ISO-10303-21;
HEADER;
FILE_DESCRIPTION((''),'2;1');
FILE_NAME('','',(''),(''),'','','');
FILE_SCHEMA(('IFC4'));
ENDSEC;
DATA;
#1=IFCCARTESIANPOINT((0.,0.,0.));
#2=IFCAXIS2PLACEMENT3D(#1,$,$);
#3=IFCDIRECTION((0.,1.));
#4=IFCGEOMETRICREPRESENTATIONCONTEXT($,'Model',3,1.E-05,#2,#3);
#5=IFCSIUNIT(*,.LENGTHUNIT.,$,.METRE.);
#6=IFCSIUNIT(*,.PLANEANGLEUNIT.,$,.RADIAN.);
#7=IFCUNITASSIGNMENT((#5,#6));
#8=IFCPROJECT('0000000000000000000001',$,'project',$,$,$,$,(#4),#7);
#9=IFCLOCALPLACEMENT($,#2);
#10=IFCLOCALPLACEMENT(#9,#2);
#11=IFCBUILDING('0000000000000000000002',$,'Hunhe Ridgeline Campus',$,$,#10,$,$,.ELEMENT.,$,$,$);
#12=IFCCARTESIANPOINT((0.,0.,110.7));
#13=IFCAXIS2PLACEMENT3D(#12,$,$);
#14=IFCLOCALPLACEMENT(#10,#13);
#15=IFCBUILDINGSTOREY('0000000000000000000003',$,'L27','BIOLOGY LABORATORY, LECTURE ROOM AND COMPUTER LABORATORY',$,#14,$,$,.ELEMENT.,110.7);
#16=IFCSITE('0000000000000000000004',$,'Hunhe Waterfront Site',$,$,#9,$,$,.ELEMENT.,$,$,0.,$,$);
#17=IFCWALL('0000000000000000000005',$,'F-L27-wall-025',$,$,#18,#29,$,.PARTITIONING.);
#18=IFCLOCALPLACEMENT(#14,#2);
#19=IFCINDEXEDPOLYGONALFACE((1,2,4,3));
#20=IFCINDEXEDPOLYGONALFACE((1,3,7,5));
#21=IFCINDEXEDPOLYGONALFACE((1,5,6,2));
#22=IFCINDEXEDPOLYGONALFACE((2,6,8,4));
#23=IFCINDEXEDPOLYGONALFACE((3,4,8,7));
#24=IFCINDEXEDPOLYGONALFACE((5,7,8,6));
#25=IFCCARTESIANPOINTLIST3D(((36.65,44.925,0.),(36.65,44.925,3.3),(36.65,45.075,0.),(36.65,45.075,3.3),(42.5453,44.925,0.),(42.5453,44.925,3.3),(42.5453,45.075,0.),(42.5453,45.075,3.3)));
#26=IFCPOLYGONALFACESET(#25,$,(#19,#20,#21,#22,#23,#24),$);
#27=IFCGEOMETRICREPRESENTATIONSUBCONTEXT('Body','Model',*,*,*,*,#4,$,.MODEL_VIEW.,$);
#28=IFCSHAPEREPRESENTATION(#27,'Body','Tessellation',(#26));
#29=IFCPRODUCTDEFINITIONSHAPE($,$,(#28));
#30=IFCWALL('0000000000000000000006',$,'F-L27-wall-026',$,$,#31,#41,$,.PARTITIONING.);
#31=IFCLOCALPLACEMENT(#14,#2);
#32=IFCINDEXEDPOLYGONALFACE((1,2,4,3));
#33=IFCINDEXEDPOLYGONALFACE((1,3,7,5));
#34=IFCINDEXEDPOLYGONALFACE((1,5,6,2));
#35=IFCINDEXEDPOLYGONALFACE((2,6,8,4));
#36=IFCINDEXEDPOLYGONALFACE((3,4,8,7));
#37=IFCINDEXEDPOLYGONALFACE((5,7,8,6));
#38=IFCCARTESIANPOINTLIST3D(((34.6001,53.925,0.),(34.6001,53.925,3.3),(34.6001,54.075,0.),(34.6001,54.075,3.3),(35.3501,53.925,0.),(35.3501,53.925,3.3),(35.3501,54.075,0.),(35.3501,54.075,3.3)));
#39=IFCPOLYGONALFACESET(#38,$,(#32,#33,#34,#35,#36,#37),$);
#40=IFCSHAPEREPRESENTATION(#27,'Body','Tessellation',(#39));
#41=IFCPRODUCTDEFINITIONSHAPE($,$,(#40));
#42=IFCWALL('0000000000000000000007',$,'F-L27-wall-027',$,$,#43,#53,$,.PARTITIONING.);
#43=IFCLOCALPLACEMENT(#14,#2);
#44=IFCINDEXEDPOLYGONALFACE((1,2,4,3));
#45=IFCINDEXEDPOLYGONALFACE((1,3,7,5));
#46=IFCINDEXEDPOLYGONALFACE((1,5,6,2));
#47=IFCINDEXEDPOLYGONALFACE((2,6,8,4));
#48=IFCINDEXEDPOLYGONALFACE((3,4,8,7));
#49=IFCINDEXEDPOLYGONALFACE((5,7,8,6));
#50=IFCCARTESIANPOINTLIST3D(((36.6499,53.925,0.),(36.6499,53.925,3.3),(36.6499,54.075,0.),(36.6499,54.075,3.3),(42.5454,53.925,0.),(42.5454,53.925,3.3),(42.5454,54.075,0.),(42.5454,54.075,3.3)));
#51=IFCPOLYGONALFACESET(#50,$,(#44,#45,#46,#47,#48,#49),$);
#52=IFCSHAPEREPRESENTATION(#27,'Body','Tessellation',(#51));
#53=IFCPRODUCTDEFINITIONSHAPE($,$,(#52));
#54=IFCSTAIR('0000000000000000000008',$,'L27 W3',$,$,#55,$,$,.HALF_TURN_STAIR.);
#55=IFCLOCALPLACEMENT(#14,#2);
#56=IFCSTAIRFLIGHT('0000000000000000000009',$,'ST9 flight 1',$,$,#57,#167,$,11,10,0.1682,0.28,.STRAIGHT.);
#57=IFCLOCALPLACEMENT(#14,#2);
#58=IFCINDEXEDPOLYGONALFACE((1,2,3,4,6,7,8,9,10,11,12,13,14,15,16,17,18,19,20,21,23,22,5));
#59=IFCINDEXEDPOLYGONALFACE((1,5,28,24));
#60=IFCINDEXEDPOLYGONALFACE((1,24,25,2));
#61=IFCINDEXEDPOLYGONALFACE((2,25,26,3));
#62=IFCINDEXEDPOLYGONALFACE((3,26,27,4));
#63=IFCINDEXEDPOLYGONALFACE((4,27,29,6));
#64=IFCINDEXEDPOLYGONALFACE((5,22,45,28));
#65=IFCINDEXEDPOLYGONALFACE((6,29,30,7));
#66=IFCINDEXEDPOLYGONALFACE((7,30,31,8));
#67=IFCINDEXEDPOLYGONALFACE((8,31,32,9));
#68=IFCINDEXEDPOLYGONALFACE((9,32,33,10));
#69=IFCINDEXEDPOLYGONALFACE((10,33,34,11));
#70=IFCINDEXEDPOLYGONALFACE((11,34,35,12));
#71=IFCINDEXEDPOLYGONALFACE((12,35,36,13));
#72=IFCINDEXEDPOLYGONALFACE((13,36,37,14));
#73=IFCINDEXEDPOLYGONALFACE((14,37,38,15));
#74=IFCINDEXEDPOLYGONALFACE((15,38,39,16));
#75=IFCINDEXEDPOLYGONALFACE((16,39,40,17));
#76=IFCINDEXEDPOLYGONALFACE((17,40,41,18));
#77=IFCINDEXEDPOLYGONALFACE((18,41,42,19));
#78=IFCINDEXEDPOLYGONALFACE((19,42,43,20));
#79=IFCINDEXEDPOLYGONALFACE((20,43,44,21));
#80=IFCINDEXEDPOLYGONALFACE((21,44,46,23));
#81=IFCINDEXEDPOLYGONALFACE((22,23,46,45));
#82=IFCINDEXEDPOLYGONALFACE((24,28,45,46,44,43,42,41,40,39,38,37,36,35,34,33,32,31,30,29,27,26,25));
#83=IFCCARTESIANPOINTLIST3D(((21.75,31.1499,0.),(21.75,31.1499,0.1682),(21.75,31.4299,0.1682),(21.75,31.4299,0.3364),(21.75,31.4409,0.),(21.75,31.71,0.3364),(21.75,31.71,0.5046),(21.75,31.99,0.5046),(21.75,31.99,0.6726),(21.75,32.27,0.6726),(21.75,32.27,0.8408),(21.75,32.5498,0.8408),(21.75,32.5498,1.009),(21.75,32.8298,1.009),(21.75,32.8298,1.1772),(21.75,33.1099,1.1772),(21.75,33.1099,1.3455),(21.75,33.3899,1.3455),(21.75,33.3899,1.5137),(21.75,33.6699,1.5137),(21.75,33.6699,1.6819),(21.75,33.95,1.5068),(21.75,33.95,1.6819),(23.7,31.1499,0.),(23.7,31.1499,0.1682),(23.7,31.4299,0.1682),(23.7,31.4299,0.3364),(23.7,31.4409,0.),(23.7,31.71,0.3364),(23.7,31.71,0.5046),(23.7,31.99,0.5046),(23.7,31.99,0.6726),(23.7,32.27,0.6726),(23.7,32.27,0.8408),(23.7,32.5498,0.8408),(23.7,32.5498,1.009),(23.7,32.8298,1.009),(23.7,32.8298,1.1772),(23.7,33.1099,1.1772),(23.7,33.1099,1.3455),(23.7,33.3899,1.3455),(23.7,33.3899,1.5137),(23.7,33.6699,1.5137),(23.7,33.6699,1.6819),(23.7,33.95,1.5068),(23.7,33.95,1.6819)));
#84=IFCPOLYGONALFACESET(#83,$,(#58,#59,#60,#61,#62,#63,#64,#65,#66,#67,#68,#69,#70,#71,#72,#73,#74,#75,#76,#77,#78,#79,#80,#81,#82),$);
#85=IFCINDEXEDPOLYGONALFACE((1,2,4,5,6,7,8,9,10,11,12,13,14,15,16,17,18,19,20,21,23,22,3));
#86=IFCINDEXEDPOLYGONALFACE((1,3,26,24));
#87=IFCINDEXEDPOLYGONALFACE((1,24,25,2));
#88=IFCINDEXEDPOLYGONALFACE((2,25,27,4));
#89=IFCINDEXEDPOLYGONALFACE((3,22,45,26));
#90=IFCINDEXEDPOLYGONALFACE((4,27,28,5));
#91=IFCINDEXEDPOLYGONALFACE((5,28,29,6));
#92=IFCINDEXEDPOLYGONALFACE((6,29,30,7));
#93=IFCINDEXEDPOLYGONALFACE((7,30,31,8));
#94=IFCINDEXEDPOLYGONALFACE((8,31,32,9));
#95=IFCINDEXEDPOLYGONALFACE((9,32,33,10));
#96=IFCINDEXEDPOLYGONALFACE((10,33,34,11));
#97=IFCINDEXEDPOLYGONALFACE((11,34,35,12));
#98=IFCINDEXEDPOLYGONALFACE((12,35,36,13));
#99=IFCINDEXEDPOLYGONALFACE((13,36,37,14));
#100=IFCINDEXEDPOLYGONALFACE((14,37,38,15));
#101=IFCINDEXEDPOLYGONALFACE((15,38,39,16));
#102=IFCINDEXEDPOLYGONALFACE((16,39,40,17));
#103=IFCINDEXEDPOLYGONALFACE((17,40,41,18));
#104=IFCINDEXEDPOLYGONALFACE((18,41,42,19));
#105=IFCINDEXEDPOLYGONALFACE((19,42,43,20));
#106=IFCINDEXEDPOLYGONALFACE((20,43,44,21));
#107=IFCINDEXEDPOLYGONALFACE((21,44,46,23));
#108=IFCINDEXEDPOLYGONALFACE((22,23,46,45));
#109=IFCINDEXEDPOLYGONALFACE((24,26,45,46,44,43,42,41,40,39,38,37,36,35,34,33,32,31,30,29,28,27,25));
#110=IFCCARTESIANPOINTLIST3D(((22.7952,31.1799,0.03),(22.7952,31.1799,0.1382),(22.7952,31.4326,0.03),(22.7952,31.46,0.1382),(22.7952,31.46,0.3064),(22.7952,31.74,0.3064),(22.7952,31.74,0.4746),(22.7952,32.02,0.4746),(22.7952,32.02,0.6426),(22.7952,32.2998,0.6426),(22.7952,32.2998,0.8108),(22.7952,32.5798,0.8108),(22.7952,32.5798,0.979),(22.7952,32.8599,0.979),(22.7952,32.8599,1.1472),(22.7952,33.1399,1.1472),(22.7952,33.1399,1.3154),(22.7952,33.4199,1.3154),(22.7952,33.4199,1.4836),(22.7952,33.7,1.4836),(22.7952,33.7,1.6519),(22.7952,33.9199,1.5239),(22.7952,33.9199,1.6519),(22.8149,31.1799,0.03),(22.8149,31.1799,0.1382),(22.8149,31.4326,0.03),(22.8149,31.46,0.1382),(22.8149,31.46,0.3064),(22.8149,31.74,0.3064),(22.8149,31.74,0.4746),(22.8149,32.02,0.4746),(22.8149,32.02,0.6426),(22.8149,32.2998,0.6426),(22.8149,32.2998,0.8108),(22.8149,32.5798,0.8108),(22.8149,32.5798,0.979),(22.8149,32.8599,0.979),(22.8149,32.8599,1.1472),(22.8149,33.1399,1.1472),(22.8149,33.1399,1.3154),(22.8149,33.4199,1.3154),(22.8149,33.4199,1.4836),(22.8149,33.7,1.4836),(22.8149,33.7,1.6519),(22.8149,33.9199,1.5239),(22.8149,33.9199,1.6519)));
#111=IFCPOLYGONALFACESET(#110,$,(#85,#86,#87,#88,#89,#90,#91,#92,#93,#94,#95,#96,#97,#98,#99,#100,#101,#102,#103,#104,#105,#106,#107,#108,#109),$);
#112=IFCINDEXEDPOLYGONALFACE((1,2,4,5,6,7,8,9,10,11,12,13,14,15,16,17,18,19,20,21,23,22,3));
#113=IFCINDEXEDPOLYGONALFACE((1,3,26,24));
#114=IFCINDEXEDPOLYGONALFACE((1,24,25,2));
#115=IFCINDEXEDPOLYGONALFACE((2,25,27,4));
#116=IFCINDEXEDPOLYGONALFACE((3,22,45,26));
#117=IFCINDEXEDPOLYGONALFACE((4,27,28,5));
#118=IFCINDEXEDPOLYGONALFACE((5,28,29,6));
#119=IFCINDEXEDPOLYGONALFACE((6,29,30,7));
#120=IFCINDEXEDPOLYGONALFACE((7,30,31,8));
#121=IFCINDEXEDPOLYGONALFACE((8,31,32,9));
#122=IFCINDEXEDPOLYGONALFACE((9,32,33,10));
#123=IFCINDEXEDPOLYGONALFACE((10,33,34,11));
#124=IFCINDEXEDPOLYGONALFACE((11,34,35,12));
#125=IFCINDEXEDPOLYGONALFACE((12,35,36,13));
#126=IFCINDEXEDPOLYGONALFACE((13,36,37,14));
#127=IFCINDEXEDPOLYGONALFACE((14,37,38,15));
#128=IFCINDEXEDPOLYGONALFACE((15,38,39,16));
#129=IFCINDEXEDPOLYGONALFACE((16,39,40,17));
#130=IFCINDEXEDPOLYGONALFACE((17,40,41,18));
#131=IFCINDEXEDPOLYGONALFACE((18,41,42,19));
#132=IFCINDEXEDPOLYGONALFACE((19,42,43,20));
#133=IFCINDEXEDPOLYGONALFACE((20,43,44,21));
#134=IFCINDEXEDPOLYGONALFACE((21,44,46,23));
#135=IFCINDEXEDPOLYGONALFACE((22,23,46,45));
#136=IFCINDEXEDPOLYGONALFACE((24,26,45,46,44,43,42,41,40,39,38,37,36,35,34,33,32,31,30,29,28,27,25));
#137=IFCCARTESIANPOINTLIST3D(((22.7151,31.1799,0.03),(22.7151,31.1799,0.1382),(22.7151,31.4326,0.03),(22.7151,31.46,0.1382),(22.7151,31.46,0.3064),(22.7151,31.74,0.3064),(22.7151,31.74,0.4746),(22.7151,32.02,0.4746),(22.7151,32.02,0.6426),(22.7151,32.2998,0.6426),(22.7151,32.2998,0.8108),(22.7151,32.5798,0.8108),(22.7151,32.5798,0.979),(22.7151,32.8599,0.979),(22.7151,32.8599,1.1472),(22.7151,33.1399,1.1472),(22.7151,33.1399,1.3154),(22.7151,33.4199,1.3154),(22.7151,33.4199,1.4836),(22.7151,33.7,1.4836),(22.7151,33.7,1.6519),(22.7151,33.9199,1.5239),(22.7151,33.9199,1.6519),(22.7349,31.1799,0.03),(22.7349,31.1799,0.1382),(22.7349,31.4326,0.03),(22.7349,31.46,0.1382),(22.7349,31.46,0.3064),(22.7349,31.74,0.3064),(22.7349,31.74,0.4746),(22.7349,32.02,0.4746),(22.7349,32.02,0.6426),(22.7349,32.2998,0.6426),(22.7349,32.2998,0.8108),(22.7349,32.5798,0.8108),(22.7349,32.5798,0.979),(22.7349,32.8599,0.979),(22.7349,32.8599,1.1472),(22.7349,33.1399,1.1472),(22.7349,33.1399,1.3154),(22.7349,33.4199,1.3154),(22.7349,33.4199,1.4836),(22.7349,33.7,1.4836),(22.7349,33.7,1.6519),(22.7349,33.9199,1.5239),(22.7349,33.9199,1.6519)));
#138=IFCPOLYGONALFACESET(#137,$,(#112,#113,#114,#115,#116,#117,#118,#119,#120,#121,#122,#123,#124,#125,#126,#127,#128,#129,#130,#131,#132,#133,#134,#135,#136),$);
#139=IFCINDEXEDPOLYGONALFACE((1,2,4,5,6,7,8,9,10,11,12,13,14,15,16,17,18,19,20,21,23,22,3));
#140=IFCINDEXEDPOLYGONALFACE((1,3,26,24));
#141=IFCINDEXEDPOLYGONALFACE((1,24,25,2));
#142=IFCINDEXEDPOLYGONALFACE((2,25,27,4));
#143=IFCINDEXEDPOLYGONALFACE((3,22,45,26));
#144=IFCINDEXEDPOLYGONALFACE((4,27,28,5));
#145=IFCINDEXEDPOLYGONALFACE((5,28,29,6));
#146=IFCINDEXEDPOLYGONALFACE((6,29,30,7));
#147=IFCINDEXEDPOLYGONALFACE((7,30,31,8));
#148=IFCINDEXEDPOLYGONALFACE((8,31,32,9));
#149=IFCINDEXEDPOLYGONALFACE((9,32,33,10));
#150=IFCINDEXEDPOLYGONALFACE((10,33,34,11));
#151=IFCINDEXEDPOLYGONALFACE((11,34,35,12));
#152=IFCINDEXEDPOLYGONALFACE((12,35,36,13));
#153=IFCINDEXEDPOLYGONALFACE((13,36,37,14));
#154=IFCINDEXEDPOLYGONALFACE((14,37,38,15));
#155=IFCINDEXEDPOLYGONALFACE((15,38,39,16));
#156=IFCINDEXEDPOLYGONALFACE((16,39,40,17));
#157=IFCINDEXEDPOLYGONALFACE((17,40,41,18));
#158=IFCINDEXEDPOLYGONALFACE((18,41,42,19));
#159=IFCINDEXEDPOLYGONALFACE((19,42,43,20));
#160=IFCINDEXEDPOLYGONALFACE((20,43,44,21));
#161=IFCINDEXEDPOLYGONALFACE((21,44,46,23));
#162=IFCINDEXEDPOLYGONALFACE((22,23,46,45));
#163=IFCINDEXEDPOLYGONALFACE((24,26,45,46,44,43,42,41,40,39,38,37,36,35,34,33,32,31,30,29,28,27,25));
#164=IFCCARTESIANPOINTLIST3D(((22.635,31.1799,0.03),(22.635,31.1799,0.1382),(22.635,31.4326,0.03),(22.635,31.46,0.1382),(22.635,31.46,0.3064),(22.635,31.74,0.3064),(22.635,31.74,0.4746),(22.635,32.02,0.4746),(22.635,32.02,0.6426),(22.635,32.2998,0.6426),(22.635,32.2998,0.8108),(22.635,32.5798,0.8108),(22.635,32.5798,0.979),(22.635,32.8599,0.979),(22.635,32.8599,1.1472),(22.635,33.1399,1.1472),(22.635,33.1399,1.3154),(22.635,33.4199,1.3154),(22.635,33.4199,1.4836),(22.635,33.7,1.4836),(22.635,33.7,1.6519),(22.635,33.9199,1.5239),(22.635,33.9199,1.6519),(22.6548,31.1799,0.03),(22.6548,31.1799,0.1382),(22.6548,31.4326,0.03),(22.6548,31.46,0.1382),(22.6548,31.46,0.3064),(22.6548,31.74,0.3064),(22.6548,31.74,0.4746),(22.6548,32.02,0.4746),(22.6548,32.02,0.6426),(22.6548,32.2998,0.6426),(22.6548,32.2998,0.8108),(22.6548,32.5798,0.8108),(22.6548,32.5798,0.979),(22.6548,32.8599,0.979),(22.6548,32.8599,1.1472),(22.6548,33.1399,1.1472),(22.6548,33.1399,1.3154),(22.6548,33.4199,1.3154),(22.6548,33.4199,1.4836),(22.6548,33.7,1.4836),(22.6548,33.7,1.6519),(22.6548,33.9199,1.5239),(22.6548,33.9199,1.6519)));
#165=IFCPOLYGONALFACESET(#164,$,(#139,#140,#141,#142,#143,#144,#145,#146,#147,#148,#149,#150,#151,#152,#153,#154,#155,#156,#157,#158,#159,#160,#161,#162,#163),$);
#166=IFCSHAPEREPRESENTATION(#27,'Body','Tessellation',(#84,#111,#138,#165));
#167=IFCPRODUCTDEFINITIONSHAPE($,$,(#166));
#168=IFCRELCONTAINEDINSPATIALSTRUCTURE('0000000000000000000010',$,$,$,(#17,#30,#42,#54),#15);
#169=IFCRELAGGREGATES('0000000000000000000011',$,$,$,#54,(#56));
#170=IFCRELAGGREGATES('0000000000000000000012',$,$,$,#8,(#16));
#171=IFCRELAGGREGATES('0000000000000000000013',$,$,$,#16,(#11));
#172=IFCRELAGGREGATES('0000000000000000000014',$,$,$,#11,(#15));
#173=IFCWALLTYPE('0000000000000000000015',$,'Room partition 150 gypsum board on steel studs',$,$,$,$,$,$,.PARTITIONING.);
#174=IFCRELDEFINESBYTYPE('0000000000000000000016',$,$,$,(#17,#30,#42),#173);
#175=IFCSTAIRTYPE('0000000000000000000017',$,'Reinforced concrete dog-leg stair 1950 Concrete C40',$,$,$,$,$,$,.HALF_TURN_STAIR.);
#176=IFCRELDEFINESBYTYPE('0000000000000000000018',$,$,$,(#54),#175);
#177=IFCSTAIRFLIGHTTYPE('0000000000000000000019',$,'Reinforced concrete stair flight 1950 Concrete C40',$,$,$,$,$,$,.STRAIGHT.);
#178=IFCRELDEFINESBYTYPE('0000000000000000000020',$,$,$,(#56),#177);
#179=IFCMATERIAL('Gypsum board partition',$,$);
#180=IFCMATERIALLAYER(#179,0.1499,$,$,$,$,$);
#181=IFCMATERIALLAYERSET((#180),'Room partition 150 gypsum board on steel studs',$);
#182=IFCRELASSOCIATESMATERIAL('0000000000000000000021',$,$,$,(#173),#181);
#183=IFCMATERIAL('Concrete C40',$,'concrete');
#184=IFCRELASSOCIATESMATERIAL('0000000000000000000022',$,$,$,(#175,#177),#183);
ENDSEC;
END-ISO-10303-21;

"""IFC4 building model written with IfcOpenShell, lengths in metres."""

from ifc_helpers import new_model, si_unit, direction, frame, frame_2d, origin, place, context, subcontext, project, spatial, polyline, rectangle, outline, extrude, material, layer, layer_set, type_object, element, aggregate, save


model = new_model("IFC4")

# Units and contexts
model_context = context("Model", 3, precision=1e-05, world=origin(), true_north=direction((0.0, 1.0)))
body_context = subcontext(model_context, "Body", "Model", "MODEL_VIEW")
ifc_project = project(units=[si_unit("LENGTHUNIT", "METRE"), si_unit("PLANEANGLEUNIT", "RADIAN")], contexts=[model_context])

# Site, building, storey
site_placement = place(None, origin())
site = spatial("IfcSite", under=ifc_project, at=site_placement, Name="Hunhe Waterfront Site", CompositionType="ELEMENT", RefElevation=0.0)
building_placement = place(site_placement, origin())
building = spatial("IfcBuilding", under=site, at=building_placement, Name="Hunhe Ridgeline Campus", CompositionType="ELEMENT")
storey_placement = place(building_placement, frame((0.0, 0.0, 110.7)))
storey = spatial("IfcBuildingStorey", under=building, at=storey_placement, Name="L27", Description="BIOLOGY LABORATORY, LECTURE ROOM AND COMPUTER LABORATORY", CompositionType="ELEMENT", Elevation=110.7)

# Shared definitions
ifc_material_1 = material(Name="Gypsum board partition")

# Walls
ifc_layer_1 = layer(ifc_material_1, 0.1499)
ifc_layer_set_1 = layer_set([ifc_layer_1], Name="Room partition 150 gypsum board on steel studs")
wall_type_1 = type_object("IfcWallType", Name="Room partition 150 gypsum board on steel studs", PredefinedType="PARTITIONING", material=ifc_layer_set_1)
wall_1_placement = place(storey_placement, frame((36.6499, 45.0, 0.0), z_axis=(0.0, 0.0, 1.0), x_axis=(1.0, 0.0, 0.0)))
element("IfcWall", 1, at=wall_1_placement, inside=storey, type_object=wall_type_1, Name="F-L27-wall-025", PredefinedType="PARTITIONING", context=body_context, shape_type="SweptSolid", body=[
    extrude(rectangle(XDim=5.8953, YDim=0.1499, at=frame_2d((2.9478, 0.0))), origin(), (0.0, 0.0, 1.0), 3.3),
])
wall_2_placement = place(storey_placement, frame((34.6001, 54.0, 0.0), z_axis=(0.0, 0.0, 1.0), x_axis=(1.0, 0.0, 0.0)))
element("IfcWall", 2, at=wall_2_placement, inside=storey, type_object=wall_type_1, Name="F-L27-wall-026", PredefinedType="PARTITIONING", context=body_context, shape_type="SweptSolid", body=[
    extrude(rectangle(XDim=0.75, YDim=0.1499, at=frame_2d((0.375, 0.0))), origin(), (0.0, 0.0, 1.0), 3.3),
])
wall_3_placement = place(storey_placement, frame((36.6499, 54.0, 0.0), z_axis=(0.0, 0.0, 1.0), x_axis=(1.0, 0.0, 0.0)))
element("IfcWall", 3, at=wall_3_placement, inside=storey, type_object=wall_type_1, Name="F-L27-wall-027", PredefinedType="PARTITIONING", context=body_context, shape_type="SweptSolid", body=[
    extrude(rectangle(XDim=5.8955, YDim=0.1499, at=frame_2d((2.9478, 0.0))), origin(), (0.0, 0.0, 1.0), 3.3),
])

# Stair, stair flight
ifc_material_2 = material(Name="Concrete C40", Category="concrete")
stair_type = type_object("IfcStairType", Name="Reinforced concrete dog-leg stair 1950 Concrete C40", PredefinedType="HALF_TURN_STAIR", material=ifc_material_2)
stair_placement = place(storey_placement, origin())
stair = element("IfcStair", 4, at=stair_placement, inside=storey, type_object=stair_type, Name="L27 W3", PredefinedType="HALF_TURN_STAIR")
stair_flight_type = type_object("IfcStairFlightType", Name="Reinforced concrete stair flight 1950 Concrete C40", PredefinedType="STRAIGHT", material=ifc_material_2)
stair_flight_placement = place(storey_placement, frame((22.7251, 31.1499, 0.0), z_axis=(0.0, 0.0, 1.0), x_axis=(0.0, 1.0, 0.0)))
stair_flight = element("IfcStairFlight", 5, at=stair_flight_placement, type_object=stair_flight_type, Name="ST9 flight 1", NumberOfRisers=11, NumberOfTreads=10, PredefinedType="STRAIGHT", RiserHeight=0.1682, TreadLength=0.28, context=body_context, shape_type="SweptSolid", body=[
    extrude(outline(polyline([(0.0, 0.0), (0.0, 0.1682), (0.28, 0.1682), (0.28, 0.3364), (0.5601, 0.3364), (0.5601, 0.5046), (0.8401, 0.5046), (0.8401, 0.6726), (1.1201, 0.6726), (1.1201, 0.8408), (1.3999, 0.8408), (1.3999, 1.009), (1.6799, 1.009), (1.6799, 1.1772), (1.96, 1.1772), (1.96, 1.3455), (2.24, 1.3455), (2.24, 1.5137), (2.52, 1.5137), (2.52, 1.6819), (2.8, 1.6819), (2.8, 1.8501), (2.8, 1.5068), (0.291, 0.0), (0.0, 0.0)])), frame((0.0, 0.9751, 0.0), z_axis=(0.0, -1.0, 0.0), x_axis=(1.0, 0.0, 0.0)), (0.0, 0.0, 1.0), 1.95),
    extrude(outline(polyline([(0.03, 0.03), (0.03, 0.1382), (0.3101, 0.1382), (0.3101, 0.3064), (0.5901, 0.3064), (0.5901, 0.4746), (0.8701, 0.4746), (0.8701, 0.6426), (1.1499, 0.6426), (1.1499, 0.8108), (1.4299, 0.8108), (1.4299, 0.979), (1.71, 0.979), (1.71, 1.1472), (1.99, 1.1472), (1.99, 1.3154), (2.27, 1.3154), (2.27, 1.4836), (2.55, 1.4836), (2.55, 1.6519), (2.77, 1.6519), (2.77, 1.5239), (0.2827, 0.03), (0.03, 0.03)])), frame((0.0, -0.0701, 0.0), z_axis=(0.0, -1.0, 0.0), x_axis=(1.0, 0.0, 0.0)), (0.0, 0.0, 1.0), 0.0198),
    extrude(outline(polyline([(0.03, 0.03), (0.03, 0.1382), (0.3101, 0.1382), (0.3101, 0.3064), (0.5901, 0.3064), (0.5901, 0.4746), (0.8701, 0.4746), (0.8701, 0.6426), (1.1499, 0.6426), (1.1499, 0.8108), (1.4299, 0.8108), (1.4299, 0.979), (1.71, 0.979), (1.71, 1.1472), (1.99, 1.1472), (1.99, 1.3154), (2.27, 1.3154), (2.27, 1.4836), (2.55, 1.4836), (2.55, 1.6519), (2.77, 1.6519), (2.77, 1.5239), (0.2827, 0.03), (0.03, 0.03)])), frame((0.0, 0.01, 0.0), z_axis=(0.0, -1.0, 0.0), x_axis=(1.0, 0.0, 0.0)), (0.0, 0.0, 1.0), 0.0198),
    extrude(outline(polyline([(0.03, 0.03), (0.03, 0.1382), (0.3101, 0.1382), (0.3101, 0.3064), (0.5901, 0.3064), (0.5901, 0.4746), (0.8701, 0.4746), (0.8701, 0.6426), (1.1499, 0.6426), (1.1499, 0.8108), (1.4299, 0.8108), (1.4299, 0.979), (1.71, 0.979), (1.71, 1.1472), (1.99, 1.1472), (1.99, 1.3154), (2.27, 1.3154), (2.27, 1.4836), (2.55, 1.4836), (2.55, 1.6519), (2.77, 1.6519), (2.77, 1.5239), (0.2827, 0.03), (0.03, 0.03)])), frame((0.0, 0.0901, 0.0), z_axis=(0.0, -1.0, 0.0), x_axis=(1.0, 0.0, 0.0)), (0.0, 0.0, 1.0), 0.0198),
])
aggregate(stair, [stair_flight])

save(model, "model.ifc")
